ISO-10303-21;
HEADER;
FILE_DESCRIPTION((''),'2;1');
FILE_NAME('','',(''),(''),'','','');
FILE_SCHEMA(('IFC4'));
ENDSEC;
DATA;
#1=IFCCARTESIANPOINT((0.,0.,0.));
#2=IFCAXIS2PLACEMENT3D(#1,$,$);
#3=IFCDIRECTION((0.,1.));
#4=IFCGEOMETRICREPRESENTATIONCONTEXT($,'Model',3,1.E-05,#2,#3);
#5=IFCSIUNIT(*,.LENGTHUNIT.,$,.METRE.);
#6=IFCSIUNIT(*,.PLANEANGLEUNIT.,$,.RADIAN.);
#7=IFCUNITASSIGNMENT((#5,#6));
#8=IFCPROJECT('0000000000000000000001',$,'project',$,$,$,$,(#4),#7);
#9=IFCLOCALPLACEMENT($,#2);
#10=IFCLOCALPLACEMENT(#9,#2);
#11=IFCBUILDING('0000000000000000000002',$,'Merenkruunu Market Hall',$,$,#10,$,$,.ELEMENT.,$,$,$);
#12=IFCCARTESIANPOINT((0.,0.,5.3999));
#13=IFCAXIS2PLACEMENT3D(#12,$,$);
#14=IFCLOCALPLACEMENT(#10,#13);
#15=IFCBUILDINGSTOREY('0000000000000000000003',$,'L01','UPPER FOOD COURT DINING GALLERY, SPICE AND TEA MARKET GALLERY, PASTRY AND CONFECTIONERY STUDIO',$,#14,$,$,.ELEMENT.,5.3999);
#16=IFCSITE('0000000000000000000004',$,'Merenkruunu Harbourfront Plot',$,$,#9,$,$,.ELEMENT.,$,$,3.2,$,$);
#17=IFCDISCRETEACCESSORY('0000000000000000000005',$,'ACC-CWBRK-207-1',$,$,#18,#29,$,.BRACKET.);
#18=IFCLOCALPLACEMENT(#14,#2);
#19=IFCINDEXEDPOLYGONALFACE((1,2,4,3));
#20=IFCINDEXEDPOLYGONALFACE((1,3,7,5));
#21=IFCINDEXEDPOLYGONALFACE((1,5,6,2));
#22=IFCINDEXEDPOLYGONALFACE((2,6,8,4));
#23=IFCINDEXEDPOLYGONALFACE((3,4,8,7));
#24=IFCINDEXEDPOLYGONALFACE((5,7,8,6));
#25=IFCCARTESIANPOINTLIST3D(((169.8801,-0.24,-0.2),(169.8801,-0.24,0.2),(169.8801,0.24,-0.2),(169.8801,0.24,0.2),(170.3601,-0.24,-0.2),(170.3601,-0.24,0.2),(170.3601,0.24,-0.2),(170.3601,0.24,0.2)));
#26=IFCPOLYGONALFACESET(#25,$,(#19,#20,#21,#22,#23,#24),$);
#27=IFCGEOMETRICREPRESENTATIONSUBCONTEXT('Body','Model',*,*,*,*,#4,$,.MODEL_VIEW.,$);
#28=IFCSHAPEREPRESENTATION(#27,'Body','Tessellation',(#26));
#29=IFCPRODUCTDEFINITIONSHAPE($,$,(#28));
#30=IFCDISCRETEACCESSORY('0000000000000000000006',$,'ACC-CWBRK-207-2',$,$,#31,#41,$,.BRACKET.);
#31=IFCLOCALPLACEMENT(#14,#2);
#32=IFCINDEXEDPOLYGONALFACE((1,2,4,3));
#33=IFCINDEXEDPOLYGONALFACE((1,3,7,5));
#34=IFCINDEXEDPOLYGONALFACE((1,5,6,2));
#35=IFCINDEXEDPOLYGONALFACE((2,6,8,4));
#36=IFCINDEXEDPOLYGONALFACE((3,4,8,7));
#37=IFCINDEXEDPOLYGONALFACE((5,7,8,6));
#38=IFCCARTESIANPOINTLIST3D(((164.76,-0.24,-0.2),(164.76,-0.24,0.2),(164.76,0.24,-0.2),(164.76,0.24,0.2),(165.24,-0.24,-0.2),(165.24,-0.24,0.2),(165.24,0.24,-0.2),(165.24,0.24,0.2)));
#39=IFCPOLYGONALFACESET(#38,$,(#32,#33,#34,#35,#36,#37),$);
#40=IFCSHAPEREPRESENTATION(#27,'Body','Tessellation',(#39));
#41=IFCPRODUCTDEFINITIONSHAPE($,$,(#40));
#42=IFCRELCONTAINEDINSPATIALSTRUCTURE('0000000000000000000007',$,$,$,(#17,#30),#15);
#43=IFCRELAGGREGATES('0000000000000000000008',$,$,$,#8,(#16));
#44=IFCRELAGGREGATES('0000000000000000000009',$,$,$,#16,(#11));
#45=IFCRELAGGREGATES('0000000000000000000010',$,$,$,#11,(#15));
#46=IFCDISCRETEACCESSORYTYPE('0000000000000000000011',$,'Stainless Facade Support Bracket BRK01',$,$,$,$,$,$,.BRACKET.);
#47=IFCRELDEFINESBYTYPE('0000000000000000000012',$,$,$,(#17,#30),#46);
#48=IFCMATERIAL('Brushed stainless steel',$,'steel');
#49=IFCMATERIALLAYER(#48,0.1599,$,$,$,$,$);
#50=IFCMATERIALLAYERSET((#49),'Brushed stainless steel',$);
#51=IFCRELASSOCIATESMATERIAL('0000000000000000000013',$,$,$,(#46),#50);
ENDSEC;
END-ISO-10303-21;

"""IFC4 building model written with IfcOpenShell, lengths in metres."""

from ifc_helpers import new_model, si_unit, direction, frame, origin, origin_2d, place, context, subcontext, project, spatial, rectangle, extrude, material, layer, layer_set, type_object, element, save


model = new_model("IFC4")

# Units and contexts
model_context = context("Model", 3, precision=1e-05, world=origin(), true_north=direction((0.0, 1.0)))
body_context = subcontext(model_context, "Body", "Model", "MODEL_VIEW")
ifc_project = project(units=[si_unit("LENGTHUNIT", "METRE"), si_unit("PLANEANGLEUNIT", "RADIAN")], contexts=[model_context])

# Site, building, storey
site_placement = place(None, origin())
site = spatial("IfcSite", under=ifc_project, at=site_placement, Name="Merenkruunu Harbourfront Plot", CompositionType="ELEMENT", RefElevation=3.2)
building_placement = place(site_placement, origin())
building = spatial("IfcBuilding", under=site, at=building_placement, Name="Merenkruunu Market Hall", CompositionType="ELEMENT")
storey_placement = place(building_placement, frame((0.0, 0.0, 5.3999)))
storey = spatial("IfcBuildingStorey", under=building, at=storey_placement, Name="L01", Description="UPPER FOOD COURT DINING GALLERY, SPICE AND TEA MARKET GALLERY, PASTRY AND CONFECTIONERY STUDIO", CompositionType="ELEMENT", Elevation=5.3999)

# Discrete accessories
ifc_material_1 = material(Name="Brushed stainless steel", Category="steel")
ifc_layer_1 = layer(ifc_material_1, 0.1599)
ifc_layer_set_1 = layer_set([ifc_layer_1], Name="Brushed stainless steel")
discrete_accessory_type = type_object("IfcDiscreteAccessoryType", Name="Stainless Facade Support Bracket BRK01", PredefinedType="BRACKET", material=ifc_layer_set_1)
for number, where, z_axis, x_axis, name in (
    (1, (170.1201, 0.0, -0.2), (0.0, 0.0, 1.0), (1.0, 0.0, 0.0), "ACC-CWBRK-207-1"),
    (2, (165.0, 0.0, -0.2), (0.0, 0.0, 1.0), (1.0, 0.0, 0.0), "ACC-CWBRK-207-2"),
):
    element("IfcDiscreteAccessory", number, at=place(storey_placement, frame(where, z_axis=z_axis, x_axis=x_axis)), inside=storey, type_object=discrete_accessory_type, Name=name, PredefinedType="BRACKET", context=body_context, shape_type="SweptSolid", body=[
        extrude(rectangle(XDim=0.48, YDim=0.48, at=origin_2d()), origin(), (0.0, 0.0, 1.0), 0.3999),
    ])

save(model, "model.ifc")
